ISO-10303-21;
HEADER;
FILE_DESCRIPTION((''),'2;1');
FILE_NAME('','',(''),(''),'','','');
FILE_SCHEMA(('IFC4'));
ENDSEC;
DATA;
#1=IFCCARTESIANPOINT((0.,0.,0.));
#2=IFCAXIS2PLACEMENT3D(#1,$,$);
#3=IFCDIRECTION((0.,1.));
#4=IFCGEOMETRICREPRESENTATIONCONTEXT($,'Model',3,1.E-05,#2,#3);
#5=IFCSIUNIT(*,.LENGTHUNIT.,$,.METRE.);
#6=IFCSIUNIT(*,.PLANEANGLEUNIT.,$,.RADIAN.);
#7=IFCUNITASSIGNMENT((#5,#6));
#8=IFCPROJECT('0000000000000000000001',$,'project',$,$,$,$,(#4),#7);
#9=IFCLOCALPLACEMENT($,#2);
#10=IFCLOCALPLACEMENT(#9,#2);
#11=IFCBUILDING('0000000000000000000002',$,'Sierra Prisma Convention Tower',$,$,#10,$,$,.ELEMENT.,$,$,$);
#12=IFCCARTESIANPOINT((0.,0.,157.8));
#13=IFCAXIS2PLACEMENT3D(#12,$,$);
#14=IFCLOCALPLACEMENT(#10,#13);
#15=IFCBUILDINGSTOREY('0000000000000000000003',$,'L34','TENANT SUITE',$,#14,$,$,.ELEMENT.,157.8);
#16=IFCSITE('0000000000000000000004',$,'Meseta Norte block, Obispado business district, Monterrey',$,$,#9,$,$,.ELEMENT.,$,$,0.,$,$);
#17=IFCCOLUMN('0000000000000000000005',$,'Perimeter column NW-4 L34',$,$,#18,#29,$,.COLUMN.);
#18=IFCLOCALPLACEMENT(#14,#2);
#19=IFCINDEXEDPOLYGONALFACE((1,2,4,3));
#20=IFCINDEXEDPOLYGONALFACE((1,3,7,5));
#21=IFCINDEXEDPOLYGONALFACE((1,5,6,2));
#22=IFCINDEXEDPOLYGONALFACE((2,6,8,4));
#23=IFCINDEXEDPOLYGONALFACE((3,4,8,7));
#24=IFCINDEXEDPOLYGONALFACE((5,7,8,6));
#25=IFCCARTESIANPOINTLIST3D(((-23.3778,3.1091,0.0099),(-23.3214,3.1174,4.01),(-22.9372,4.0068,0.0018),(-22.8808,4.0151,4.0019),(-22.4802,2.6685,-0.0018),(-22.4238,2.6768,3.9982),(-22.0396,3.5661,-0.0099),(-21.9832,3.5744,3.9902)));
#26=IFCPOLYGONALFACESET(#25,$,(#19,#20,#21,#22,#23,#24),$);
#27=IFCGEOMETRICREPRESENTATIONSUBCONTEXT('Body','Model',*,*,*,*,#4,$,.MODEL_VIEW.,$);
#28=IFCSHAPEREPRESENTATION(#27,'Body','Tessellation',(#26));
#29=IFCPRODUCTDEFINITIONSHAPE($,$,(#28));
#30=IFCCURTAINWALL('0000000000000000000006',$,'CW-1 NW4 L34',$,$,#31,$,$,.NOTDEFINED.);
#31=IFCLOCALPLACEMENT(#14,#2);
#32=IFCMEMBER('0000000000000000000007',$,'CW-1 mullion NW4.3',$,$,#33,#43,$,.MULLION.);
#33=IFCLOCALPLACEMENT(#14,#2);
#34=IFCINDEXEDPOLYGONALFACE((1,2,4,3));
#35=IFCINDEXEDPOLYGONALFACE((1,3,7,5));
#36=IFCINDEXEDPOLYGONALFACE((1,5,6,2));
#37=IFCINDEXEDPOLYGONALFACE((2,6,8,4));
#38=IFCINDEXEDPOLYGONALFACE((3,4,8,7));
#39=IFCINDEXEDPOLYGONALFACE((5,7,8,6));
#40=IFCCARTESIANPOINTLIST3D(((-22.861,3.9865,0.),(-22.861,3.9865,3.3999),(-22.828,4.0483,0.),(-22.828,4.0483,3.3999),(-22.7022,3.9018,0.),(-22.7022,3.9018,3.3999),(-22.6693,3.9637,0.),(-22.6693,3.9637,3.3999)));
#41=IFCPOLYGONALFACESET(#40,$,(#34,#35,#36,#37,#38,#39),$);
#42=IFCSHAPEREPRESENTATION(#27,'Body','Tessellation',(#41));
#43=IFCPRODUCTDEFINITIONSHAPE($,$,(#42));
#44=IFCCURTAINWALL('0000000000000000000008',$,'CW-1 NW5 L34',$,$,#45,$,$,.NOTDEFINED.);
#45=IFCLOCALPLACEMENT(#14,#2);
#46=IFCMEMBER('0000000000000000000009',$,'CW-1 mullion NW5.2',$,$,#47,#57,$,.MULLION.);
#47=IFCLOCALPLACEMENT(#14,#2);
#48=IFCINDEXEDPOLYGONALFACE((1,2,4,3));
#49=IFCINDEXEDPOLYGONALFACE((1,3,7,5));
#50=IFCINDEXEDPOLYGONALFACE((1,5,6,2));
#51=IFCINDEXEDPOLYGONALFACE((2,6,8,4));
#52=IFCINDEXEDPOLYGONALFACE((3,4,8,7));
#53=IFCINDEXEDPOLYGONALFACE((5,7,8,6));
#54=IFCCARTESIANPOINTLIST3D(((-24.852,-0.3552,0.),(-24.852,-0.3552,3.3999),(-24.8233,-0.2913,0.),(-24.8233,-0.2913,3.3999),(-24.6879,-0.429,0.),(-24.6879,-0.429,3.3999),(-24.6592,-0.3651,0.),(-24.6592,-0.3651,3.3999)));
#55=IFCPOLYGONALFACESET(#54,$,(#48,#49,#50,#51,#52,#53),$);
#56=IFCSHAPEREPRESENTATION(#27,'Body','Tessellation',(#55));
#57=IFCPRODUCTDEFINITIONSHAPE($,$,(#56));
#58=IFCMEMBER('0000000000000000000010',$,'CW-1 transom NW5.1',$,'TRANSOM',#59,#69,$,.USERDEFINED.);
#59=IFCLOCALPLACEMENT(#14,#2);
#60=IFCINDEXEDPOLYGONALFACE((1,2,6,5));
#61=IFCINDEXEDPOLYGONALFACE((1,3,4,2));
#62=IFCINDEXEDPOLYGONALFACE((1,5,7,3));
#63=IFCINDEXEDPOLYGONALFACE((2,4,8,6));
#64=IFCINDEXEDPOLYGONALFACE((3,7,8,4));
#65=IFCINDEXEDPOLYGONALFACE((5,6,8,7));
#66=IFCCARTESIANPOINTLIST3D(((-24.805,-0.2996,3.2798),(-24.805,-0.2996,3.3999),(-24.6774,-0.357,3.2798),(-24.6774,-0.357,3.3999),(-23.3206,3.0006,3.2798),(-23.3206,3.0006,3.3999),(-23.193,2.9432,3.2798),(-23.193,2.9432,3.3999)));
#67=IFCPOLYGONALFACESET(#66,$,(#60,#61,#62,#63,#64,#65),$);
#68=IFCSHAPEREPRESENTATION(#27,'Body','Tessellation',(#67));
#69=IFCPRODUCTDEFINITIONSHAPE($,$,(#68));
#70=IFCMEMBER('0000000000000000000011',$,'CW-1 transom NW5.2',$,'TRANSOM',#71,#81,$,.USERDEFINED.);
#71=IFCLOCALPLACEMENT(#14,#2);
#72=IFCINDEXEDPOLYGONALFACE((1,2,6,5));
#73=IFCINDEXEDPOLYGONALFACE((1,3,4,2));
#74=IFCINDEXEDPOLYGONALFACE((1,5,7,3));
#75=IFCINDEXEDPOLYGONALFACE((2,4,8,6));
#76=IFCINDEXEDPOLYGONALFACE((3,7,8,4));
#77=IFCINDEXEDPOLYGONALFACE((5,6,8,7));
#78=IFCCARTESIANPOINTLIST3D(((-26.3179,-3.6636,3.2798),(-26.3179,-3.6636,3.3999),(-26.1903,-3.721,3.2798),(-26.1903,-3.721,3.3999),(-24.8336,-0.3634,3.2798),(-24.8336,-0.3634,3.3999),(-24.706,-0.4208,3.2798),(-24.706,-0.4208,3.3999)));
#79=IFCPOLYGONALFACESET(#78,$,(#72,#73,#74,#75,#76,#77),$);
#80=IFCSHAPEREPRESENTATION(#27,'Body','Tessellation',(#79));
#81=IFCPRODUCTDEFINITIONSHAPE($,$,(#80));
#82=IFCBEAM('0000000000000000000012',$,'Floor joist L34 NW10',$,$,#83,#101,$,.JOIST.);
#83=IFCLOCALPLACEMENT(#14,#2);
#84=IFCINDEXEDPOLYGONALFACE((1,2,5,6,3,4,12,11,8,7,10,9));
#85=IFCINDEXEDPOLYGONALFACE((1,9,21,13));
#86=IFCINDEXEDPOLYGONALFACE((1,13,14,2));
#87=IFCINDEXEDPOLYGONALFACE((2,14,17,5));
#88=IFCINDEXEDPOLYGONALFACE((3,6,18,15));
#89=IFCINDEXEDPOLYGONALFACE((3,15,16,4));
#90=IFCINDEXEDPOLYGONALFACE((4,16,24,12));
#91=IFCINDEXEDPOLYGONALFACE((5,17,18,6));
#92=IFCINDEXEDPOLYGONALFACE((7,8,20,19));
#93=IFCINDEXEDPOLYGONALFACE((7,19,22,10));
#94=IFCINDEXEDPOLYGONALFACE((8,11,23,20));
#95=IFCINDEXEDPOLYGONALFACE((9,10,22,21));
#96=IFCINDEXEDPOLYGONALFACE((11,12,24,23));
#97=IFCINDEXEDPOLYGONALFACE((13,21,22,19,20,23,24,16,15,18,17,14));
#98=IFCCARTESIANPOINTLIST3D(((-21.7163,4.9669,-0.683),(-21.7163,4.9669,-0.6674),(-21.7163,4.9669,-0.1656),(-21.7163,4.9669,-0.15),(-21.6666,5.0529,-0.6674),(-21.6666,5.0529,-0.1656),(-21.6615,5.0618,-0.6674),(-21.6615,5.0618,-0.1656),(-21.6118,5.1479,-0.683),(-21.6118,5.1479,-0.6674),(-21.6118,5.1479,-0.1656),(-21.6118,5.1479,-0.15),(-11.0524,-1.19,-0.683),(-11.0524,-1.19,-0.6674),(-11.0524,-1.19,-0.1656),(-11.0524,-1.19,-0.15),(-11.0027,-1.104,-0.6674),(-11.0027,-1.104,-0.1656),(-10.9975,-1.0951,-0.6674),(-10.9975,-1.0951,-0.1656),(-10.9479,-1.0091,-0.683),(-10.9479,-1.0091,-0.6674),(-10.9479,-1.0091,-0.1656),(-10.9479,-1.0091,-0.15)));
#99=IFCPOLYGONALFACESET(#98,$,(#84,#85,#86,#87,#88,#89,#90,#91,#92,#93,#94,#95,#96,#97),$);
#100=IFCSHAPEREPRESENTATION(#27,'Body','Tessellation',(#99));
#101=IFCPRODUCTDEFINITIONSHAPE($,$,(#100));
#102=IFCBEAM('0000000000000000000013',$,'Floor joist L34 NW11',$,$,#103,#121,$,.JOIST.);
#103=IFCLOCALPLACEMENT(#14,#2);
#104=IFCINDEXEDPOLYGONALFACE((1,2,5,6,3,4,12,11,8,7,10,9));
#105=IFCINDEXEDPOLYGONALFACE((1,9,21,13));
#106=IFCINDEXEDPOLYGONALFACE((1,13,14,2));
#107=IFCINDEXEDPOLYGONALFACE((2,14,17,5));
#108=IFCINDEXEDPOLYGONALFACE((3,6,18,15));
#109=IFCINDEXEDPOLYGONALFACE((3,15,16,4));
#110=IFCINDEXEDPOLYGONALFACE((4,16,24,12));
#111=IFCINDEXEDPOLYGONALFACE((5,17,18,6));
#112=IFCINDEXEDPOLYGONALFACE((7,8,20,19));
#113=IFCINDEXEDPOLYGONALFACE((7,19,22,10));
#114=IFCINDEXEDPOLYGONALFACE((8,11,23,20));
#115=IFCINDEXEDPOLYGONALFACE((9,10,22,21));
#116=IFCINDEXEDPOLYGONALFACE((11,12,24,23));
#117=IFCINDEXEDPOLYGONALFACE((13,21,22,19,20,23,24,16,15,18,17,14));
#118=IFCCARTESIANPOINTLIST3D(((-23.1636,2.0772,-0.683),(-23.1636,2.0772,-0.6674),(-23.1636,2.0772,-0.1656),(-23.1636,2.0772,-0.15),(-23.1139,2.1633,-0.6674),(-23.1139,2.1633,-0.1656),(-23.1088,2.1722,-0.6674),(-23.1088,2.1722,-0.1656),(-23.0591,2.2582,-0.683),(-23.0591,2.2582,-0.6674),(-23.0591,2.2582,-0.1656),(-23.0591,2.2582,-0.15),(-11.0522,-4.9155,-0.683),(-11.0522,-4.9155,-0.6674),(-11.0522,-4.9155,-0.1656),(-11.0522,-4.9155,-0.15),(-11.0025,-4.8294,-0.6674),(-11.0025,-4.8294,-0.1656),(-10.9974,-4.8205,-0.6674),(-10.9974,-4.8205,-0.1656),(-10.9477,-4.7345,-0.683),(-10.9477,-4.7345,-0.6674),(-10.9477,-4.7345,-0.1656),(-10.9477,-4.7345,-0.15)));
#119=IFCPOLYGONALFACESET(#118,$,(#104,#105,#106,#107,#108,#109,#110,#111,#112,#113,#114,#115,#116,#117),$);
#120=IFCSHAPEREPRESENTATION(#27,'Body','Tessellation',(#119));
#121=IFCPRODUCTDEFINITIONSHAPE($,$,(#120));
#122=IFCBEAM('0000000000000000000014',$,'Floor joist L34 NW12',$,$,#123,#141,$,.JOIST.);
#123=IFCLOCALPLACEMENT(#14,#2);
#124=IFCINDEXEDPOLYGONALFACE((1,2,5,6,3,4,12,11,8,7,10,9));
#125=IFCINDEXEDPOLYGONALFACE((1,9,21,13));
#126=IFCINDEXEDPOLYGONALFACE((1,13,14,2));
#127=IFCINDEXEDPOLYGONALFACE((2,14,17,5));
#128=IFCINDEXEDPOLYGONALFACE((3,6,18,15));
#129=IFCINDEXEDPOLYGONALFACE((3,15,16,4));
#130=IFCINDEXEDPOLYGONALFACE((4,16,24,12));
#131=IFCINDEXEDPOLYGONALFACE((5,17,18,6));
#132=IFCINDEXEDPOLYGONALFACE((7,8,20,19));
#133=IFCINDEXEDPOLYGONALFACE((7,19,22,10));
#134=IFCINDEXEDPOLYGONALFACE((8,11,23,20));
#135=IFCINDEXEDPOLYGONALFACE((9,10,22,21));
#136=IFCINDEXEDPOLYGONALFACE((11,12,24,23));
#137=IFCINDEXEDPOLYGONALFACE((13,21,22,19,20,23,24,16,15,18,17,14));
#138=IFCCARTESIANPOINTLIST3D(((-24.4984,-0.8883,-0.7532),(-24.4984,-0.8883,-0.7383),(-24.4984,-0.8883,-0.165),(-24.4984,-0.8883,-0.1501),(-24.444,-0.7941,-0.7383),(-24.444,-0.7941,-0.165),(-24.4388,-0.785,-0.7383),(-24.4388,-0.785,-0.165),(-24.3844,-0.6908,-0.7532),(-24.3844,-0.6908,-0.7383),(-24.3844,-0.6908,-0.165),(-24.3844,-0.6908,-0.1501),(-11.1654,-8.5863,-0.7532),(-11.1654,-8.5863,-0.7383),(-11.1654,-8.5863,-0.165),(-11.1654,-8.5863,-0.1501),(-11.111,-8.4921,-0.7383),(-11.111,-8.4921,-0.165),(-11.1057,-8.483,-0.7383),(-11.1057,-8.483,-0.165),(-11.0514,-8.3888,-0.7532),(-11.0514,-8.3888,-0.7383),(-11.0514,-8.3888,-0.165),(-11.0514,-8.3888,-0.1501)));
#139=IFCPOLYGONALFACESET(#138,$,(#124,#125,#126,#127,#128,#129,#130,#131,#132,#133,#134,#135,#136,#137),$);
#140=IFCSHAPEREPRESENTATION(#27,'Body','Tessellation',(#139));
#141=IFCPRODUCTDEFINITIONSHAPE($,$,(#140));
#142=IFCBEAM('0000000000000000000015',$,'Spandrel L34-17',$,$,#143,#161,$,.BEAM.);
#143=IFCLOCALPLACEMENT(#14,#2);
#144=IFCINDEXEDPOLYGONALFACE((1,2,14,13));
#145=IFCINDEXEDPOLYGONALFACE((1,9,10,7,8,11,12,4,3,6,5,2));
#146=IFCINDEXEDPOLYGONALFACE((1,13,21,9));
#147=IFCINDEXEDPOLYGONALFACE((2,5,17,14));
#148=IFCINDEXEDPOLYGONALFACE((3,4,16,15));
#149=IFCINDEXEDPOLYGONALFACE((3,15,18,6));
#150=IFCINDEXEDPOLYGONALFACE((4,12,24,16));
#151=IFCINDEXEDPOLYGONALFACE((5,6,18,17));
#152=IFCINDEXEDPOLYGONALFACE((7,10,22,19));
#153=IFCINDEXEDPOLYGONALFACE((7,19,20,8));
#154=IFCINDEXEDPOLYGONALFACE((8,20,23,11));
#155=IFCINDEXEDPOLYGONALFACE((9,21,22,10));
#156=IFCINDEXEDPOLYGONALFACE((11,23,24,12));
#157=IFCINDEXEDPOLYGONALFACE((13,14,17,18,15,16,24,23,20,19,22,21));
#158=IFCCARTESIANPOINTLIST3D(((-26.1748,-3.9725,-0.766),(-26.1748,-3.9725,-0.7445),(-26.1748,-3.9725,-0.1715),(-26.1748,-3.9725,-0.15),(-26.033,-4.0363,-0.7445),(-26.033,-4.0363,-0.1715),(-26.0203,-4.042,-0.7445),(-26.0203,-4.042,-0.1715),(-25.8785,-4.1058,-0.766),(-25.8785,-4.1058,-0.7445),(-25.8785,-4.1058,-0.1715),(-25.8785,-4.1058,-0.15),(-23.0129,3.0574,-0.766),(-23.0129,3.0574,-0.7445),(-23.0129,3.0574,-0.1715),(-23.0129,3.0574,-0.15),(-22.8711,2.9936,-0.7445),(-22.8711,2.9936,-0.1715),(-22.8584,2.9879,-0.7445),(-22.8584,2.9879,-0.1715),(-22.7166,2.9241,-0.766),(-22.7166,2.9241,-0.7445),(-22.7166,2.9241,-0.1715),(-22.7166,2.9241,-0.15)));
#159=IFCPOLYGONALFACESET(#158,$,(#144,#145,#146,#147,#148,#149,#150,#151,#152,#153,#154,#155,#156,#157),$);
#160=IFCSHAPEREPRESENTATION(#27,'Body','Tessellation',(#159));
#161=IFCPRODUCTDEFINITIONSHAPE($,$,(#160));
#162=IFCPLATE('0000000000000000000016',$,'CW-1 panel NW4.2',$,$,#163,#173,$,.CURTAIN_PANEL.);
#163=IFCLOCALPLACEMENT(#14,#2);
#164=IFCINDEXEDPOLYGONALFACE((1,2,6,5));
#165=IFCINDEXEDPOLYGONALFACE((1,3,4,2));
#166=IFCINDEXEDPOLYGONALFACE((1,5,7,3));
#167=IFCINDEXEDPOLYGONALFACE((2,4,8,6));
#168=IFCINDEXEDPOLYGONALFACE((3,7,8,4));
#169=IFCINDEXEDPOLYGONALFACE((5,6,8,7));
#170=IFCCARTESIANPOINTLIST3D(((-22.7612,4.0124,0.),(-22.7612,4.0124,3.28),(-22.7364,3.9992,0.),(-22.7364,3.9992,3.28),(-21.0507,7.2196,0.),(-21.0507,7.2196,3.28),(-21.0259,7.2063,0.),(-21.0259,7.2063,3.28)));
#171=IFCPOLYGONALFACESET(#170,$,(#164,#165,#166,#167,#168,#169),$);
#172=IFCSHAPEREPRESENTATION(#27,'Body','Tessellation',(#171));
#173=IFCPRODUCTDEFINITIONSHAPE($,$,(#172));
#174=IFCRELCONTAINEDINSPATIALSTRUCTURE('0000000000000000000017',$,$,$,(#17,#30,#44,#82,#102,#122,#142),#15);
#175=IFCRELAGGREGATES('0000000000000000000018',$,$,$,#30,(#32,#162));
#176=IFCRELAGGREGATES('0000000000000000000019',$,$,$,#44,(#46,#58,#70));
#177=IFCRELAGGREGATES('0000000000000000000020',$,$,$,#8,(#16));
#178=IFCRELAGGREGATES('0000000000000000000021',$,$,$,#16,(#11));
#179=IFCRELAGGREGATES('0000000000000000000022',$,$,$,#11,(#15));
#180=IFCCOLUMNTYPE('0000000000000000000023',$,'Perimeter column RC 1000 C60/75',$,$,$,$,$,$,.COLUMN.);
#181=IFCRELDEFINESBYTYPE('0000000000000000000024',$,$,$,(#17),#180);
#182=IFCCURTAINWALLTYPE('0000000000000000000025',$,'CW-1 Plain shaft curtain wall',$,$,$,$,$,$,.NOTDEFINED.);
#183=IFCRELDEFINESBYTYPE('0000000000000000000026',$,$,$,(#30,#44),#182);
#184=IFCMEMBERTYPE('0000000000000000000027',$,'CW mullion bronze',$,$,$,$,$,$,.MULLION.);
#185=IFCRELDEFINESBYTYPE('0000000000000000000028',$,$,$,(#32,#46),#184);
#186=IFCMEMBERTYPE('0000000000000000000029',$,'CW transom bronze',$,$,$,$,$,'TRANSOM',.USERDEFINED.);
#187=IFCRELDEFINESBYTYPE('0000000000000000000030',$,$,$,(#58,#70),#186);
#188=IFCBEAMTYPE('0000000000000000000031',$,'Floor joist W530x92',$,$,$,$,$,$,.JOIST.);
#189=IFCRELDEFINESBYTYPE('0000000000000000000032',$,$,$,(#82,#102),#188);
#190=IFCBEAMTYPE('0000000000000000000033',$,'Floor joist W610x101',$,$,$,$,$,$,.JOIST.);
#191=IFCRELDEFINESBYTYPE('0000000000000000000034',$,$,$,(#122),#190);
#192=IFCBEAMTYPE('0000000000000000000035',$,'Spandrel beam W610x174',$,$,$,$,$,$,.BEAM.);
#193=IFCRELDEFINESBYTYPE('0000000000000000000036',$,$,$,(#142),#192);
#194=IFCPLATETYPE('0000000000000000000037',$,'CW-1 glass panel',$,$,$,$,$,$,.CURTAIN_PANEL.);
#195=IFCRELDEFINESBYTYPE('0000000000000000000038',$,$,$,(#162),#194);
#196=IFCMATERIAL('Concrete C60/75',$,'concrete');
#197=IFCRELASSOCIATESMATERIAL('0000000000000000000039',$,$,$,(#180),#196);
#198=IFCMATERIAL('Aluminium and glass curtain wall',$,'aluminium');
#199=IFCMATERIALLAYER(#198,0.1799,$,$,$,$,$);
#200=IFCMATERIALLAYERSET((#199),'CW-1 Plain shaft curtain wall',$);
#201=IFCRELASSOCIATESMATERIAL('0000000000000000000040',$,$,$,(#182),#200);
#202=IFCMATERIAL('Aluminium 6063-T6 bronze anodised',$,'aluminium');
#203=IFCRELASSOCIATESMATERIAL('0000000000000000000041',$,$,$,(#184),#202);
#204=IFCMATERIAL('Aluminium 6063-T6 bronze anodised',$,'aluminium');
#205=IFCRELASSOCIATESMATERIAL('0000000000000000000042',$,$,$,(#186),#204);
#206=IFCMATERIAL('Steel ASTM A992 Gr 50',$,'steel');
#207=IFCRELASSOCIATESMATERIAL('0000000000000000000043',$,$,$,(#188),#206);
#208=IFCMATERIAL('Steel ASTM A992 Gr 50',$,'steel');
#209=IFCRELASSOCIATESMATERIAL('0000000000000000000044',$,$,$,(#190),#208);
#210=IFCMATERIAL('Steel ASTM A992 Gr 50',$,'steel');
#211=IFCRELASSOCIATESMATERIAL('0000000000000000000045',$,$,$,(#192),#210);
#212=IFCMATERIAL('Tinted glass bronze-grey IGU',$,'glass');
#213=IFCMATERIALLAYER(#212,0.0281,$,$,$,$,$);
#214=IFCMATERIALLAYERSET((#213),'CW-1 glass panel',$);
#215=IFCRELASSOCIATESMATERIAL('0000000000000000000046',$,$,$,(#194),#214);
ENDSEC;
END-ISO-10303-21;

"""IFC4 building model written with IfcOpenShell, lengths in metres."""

from ifc_helpers import new_model, si_unit, direction, frame, origin, origin_2d, place, context, subcontext, project, spatial, rectangle, i_section, extrude, material, layer, layer_set, material_profile, profile_set, type_object, element, aggregate, save


model = new_model("IFC4")

# Units and contexts
model_context = context("Model", 3, precision=1e-05, world=origin(), true_north=direction((0.0, 1.0)))
body_context = subcontext(model_context, "Body", "Model", "MODEL_VIEW")
ifc_project = project(units=[si_unit("LENGTHUNIT", "METRE"), si_unit("PLANEANGLEUNIT", "RADIAN")], contexts=[model_context])

# Site, building, storey
site_placement = place(None, origin())
site = spatial("IfcSite", under=ifc_project, at=site_placement, Name="Meseta Norte block, Obispado business district, Monterrey", CompositionType="ELEMENT", RefElevation=0.0)
building_placement = place(site_placement, origin())
building = spatial("IfcBuilding", under=site, at=building_placement, Name="Sierra Prisma Convention Tower", CompositionType="ELEMENT")
storey_placement = place(building_placement, frame((0.0, 0.0, 157.8)))
storey = spatial("IfcBuildingStorey", under=building, at=storey_placement, Name="L34", Description="TENANT SUITE", CompositionType="ELEMENT", Elevation=157.8)

# Column
ifc_material_1 = material(Name="Concrete C60/75", Category="concrete")
ifc_material_profile_1 = material_profile(ifc_material_1, rectangle(XDim=1.0, YDim=1.0, at=origin_2d()), Name="Perimeter column RC 1000 C60/75")
ifc_profile_set_1 = profile_set([ifc_material_profile_1], Name="Concrete C60/75")
column_type = type_object("IfcColumnType", Name="Perimeter column RC 1000 C60/75", PredefinedType="COLUMN", material=ifc_profile_set_1)
column_placement = place(storey_placement, frame((-22.7087, 3.3376, 0.0), z_axis=(0.014098, 0.002075, 0.999898), x_axis=(0.440599, 0.897668, -0.008075)))
element("IfcColumn", 1, at=column_placement, inside=storey, type_object=column_type, Name="Perimeter column NW-4 L34", PredefinedType="COLUMN", context=body_context, shape_type="SweptSolid", body=[
    extrude(rectangle(XDim=1.0, YDim=1.0, at=origin_2d()), origin(), (0.0, 0.0, 1.0), 4.0005),
])

# Curtain wall, member
ifc_material_2 = material(Name="Aluminium and glass curtain wall", Category="aluminium")
ifc_layer_1 = layer(ifc_material_2, 0.1799)
ifc_layer_set_1 = layer_set([ifc_layer_1], Name="CW-1 Plain shaft curtain wall")
curtain_wall_type = type_object("IfcCurtainWallType", Name="CW-1 Plain shaft curtain wall", PredefinedType="NOTDEFINED", material=ifc_layer_set_1)
curtain_wall_1_placement = place(storey_placement, origin())
curtain_wall_1 = element("IfcCurtainWall", 2, at=curtain_wall_1_placement, inside=storey, type_object=curtain_wall_type, Name="CW-1 NW4 L34", PredefinedType="NOTDEFINED")
ifc_material_3 = material(Name="Aluminium 6063-T6 bronze anodised", Category="aluminium")
ifc_material_profile_2 = material_profile(ifc_material_3, rectangle(XDim=0.1799, YDim=0.0701, at=origin_2d()), Name="ALU MULLION 70x180")
ifc_profile_set_2 = profile_set([ifc_material_profile_2], Name="Aluminium 6063-T6 bronze anodised")
member_type_1 = type_object("IfcMemberType", Name="CW mullion bronze", PredefinedType="MULLION", material=ifc_profile_set_2)
member_1_placement = place(storey_placement, frame((-22.7651, 3.9751, 0.0), z_axis=(0.0, 0.0, 1.0), x_axis=(0.882353, -0.470588, 0.0)))
member_1 = element("IfcMember", 3, at=member_1_placement, type_object=member_type_1, Name="CW-1 mullion NW4.3", PredefinedType="MULLION", context=body_context, shape_type="SweptSolid", body=[
    extrude(rectangle(XDim=0.1799, YDim=0.0701, at=origin_2d()), origin(), (0.0, 0.0, 1.0), 3.3999),
])

# Curtain wall, members
curtain_wall_2_placement = place(storey_placement, origin())
curtain_wall_2 = element("IfcCurtainWall", 4, at=curtain_wall_2_placement, inside=storey, type_object=curtain_wall_type, Name="CW-1 NW5 L34", PredefinedType="NOTDEFINED")
member_2_placement = place(storey_placement, frame((-24.7556, -0.3601, 0.0), z_axis=(0.0, 0.0, 1.0), x_axis=(0.911996, -0.410199, 0.0)))
member_2 = element("IfcMember", 5, at=member_2_placement, type_object=member_type_1, Name="CW-1 mullion NW5.2", PredefinedType="MULLION", context=body_context, shape_type="SweptSolid", body=[
    extrude(rectangle(XDim=0.1799, YDim=0.0701, at=origin_2d()), origin(), (0.0, 0.0, 1.0), 3.3999),
])
ifc_material_4 = material(Name="Aluminium 6063-T6 bronze anodised", Category="aluminium")
ifc_material_profile_3 = material_profile(ifc_material_4, rectangle(XDim=0.1399, YDim=0.1201, at=origin_2d()), Name="ALU TRANSOM 120x140")
ifc_profile_set_3 = profile_set([ifc_material_profile_3], Name="Aluminium 6063-T6 bronze anodised")
member_type_2 = type_object("IfcMemberType", Name="CW transom bronze", ElementType="TRANSOM", PredefinedType="USERDEFINED", material=ifc_profile_set_3)
member_3_placement = place(storey_placement, frame((-23.2568, 2.9719, 3.3398), z_axis=(-0.410191, -0.912, 0.0), x_axis=(0.912, -0.410191, 0.0)))
member_3 = element("IfcMember", 6, at=member_3_placement, type_object=member_type_2, Name="CW-1 transom NW5.1", ObjectType="TRANSOM", PredefinedType="USERDEFINED", context=body_context, shape_type="SweptSolid", body=[
    extrude(rectangle(XDim=0.1399, YDim=0.1201, at=origin_2d()), origin(), (0.0, 0.0, 1.0), 3.6187),
])
member_4_placement = place(storey_placement, frame((-24.7698, -0.3921, 3.3398), z_axis=(-0.410191, -0.912, 0.0), x_axis=(0.912, -0.410191, 0.0)))
member_4 = element("IfcMember", 7, at=member_4_placement, type_object=member_type_2, Name="CW-1 transom NW5.2", ObjectType="TRANSOM", PredefinedType="USERDEFINED", context=body_context, shape_type="SweptSolid", body=[
    extrude(rectangle(XDim=0.1399, YDim=0.1201, at=origin_2d()), origin(), (0.0, 0.0, 1.0), 3.6187),
])

# Beams
ifc_material_5 = material(Name="Steel ASTM A992 Gr 50", Category="steel")
ifc_material_profile_4 = material_profile(ifc_material_5, i_section(OverallWidth=0.209, OverallDepth=0.533, WebThickness=0.0103, FlangeThickness=0.0156, at=origin_2d()), Name="W530x92")
ifc_profile_set_4 = profile_set([ifc_material_profile_4], Name="Steel ASTM A992 Gr 50")
beam_type_1 = type_object("IfcBeamType", Name="Floor joist W530x92", PredefinedType="JOIST", material=ifc_profile_set_4)
beam_1_placement = place(storey_placement, frame((-21.6641, 5.0574, -0.4165), z_axis=(0.866022, -0.500005, 0.0), x_axis=(0.500005, 0.866022, 0.0)))
element("IfcBeam", 8, at=beam_1_placement, inside=storey, type_object=beam_type_1, Name="Floor joist L34 NW10", PredefinedType="JOIST", context=body_context, shape_type="SweptSolid", body=[
    extrude(i_section(OverallWidth=0.209, OverallDepth=0.533, WebThickness=0.0103, FlangeThickness=0.0156, at=origin_2d()), origin(), (0.0, 0.0, 1.0), 12.3137),
])
beam_2_placement = place(storey_placement, frame((-23.1113, 2.1677, -0.4165), z_axis=(0.866019, -0.500011, 0.0), x_axis=(0.500011, 0.866019, 0.0)))
element("IfcBeam", 9, at=beam_2_placement, inside=storey, type_object=beam_type_1, Name="Floor joist L34 NW11", PredefinedType="JOIST", context=body_context, shape_type="SweptSolid", body=[
    extrude(i_section(OverallWidth=0.209, OverallDepth=0.533, WebThickness=0.0103, FlangeThickness=0.0156, at=origin_2d()), origin(), (0.0, 0.0, 1.0), 13.9851),
])
ifc_material_6 = material(Name="Steel ASTM A992 Gr 50", Category="steel")
ifc_material_profile_5 = material_profile(ifc_material_6, i_section(OverallWidth=0.228, OverallDepth=0.603, WebThickness=0.0105, FlangeThickness=0.0149, at=origin_2d()), Name="W610x101")
ifc_profile_set_5 = profile_set([ifc_material_profile_5], Name="Steel ASTM A992 Gr 50")
beam_type_2 = type_object("IfcBeamType", Name="Floor joist W610x101", PredefinedType="JOIST", material=ifc_profile_set_5)
beam_3_placement = place(storey_placement, frame((-24.4414, -0.7896, -0.4517), z_axis=(0.86602, -0.500009, 0.0), x_axis=(0.500009, 0.86602, 0.0)))
element("IfcBeam", 10, at=beam_3_placement, inside=storey, type_object=beam_type_2, Name="Floor joist L34 NW12", PredefinedType="JOIST", context=body_context, shape_type="SweptSolid", body=[
    extrude(i_section(OverallWidth=0.228, OverallDepth=0.603, WebThickness=0.0105, FlangeThickness=0.0149, at=origin_2d()), origin(), (0.0, 0.0, 1.0), 15.3958),
])
ifc_material_7 = material(Name="Steel ASTM A992 Gr 50", Category="steel")
ifc_material_profile_6 = material_profile(ifc_material_7, i_section(OverallWidth=0.325, OverallDepth=0.616, WebThickness=0.0139, FlangeThickness=0.0215, at=origin_2d()), Name="W610x174")
ifc_profile_set_6 = profile_set([ifc_material_profile_6], Name="Steel ASTM A992 Gr 50")
beam_type_3 = type_object("IfcBeamType", Name="Spandrel beam W610x174", PredefinedType="BEAM", material=ifc_profile_set_6)
beam_4_placement = place(storey_placement, frame((-22.8647, 2.9907, -0.458), z_axis=(-0.410199, -0.911996, 0.0), x_axis=(0.911996, -0.410199, 0.0)))
element("IfcBeam", 11, at=beam_4_placement, inside=storey, type_object=beam_type_3, Name="Spandrel L34-17", PredefinedType="BEAM", context=body_context, shape_type="SweptSolid", body=[
    extrude(i_section(OverallWidth=0.325, OverallDepth=0.616, WebThickness=0.0139, FlangeThickness=0.0215, at=origin_2d()), origin(), (0.0, 0.0, 1.0), 7.7083),
])

# Plate
ifc_material_8 = material(Name="Tinted glass bronze-grey IGU", Category="glass")
ifc_layer_2 = layer(ifc_material_8, 0.0281)
ifc_layer_set_2 = layer_set([ifc_layer_2], Name="CW-1 glass panel")
plate_type = type_object("IfcPlateType", Name="CW-1 glass panel", PredefinedType="CURTAIN_PANEL", material=ifc_layer_set_2)
plate_1_placement = place(storey_placement, frame((-21.8936, 5.6094, 0.0), z_axis=(0.0, 0.0, 1.0), x_axis=(-0.470588, -0.882353, 0.0)))
plate_1 = element("IfcPlate", 12, at=plate_1_placement, type_object=plate_type, Name="CW-1 panel NW4.2", PredefinedType="CURTAIN_PANEL", context=body_context, shape_type="SweptSolid", body=[
    extrude(rectangle(XDim=3.6348, YDim=0.0281, at=origin_2d()), origin(), (0.0, 0.0, 1.0), 3.28),
])
aggregate(curtain_wall_1, [member_1, plate_1])
aggregate(curtain_wall_2, [member_2, member_3, member_4])

save(model, "model.ifc")
